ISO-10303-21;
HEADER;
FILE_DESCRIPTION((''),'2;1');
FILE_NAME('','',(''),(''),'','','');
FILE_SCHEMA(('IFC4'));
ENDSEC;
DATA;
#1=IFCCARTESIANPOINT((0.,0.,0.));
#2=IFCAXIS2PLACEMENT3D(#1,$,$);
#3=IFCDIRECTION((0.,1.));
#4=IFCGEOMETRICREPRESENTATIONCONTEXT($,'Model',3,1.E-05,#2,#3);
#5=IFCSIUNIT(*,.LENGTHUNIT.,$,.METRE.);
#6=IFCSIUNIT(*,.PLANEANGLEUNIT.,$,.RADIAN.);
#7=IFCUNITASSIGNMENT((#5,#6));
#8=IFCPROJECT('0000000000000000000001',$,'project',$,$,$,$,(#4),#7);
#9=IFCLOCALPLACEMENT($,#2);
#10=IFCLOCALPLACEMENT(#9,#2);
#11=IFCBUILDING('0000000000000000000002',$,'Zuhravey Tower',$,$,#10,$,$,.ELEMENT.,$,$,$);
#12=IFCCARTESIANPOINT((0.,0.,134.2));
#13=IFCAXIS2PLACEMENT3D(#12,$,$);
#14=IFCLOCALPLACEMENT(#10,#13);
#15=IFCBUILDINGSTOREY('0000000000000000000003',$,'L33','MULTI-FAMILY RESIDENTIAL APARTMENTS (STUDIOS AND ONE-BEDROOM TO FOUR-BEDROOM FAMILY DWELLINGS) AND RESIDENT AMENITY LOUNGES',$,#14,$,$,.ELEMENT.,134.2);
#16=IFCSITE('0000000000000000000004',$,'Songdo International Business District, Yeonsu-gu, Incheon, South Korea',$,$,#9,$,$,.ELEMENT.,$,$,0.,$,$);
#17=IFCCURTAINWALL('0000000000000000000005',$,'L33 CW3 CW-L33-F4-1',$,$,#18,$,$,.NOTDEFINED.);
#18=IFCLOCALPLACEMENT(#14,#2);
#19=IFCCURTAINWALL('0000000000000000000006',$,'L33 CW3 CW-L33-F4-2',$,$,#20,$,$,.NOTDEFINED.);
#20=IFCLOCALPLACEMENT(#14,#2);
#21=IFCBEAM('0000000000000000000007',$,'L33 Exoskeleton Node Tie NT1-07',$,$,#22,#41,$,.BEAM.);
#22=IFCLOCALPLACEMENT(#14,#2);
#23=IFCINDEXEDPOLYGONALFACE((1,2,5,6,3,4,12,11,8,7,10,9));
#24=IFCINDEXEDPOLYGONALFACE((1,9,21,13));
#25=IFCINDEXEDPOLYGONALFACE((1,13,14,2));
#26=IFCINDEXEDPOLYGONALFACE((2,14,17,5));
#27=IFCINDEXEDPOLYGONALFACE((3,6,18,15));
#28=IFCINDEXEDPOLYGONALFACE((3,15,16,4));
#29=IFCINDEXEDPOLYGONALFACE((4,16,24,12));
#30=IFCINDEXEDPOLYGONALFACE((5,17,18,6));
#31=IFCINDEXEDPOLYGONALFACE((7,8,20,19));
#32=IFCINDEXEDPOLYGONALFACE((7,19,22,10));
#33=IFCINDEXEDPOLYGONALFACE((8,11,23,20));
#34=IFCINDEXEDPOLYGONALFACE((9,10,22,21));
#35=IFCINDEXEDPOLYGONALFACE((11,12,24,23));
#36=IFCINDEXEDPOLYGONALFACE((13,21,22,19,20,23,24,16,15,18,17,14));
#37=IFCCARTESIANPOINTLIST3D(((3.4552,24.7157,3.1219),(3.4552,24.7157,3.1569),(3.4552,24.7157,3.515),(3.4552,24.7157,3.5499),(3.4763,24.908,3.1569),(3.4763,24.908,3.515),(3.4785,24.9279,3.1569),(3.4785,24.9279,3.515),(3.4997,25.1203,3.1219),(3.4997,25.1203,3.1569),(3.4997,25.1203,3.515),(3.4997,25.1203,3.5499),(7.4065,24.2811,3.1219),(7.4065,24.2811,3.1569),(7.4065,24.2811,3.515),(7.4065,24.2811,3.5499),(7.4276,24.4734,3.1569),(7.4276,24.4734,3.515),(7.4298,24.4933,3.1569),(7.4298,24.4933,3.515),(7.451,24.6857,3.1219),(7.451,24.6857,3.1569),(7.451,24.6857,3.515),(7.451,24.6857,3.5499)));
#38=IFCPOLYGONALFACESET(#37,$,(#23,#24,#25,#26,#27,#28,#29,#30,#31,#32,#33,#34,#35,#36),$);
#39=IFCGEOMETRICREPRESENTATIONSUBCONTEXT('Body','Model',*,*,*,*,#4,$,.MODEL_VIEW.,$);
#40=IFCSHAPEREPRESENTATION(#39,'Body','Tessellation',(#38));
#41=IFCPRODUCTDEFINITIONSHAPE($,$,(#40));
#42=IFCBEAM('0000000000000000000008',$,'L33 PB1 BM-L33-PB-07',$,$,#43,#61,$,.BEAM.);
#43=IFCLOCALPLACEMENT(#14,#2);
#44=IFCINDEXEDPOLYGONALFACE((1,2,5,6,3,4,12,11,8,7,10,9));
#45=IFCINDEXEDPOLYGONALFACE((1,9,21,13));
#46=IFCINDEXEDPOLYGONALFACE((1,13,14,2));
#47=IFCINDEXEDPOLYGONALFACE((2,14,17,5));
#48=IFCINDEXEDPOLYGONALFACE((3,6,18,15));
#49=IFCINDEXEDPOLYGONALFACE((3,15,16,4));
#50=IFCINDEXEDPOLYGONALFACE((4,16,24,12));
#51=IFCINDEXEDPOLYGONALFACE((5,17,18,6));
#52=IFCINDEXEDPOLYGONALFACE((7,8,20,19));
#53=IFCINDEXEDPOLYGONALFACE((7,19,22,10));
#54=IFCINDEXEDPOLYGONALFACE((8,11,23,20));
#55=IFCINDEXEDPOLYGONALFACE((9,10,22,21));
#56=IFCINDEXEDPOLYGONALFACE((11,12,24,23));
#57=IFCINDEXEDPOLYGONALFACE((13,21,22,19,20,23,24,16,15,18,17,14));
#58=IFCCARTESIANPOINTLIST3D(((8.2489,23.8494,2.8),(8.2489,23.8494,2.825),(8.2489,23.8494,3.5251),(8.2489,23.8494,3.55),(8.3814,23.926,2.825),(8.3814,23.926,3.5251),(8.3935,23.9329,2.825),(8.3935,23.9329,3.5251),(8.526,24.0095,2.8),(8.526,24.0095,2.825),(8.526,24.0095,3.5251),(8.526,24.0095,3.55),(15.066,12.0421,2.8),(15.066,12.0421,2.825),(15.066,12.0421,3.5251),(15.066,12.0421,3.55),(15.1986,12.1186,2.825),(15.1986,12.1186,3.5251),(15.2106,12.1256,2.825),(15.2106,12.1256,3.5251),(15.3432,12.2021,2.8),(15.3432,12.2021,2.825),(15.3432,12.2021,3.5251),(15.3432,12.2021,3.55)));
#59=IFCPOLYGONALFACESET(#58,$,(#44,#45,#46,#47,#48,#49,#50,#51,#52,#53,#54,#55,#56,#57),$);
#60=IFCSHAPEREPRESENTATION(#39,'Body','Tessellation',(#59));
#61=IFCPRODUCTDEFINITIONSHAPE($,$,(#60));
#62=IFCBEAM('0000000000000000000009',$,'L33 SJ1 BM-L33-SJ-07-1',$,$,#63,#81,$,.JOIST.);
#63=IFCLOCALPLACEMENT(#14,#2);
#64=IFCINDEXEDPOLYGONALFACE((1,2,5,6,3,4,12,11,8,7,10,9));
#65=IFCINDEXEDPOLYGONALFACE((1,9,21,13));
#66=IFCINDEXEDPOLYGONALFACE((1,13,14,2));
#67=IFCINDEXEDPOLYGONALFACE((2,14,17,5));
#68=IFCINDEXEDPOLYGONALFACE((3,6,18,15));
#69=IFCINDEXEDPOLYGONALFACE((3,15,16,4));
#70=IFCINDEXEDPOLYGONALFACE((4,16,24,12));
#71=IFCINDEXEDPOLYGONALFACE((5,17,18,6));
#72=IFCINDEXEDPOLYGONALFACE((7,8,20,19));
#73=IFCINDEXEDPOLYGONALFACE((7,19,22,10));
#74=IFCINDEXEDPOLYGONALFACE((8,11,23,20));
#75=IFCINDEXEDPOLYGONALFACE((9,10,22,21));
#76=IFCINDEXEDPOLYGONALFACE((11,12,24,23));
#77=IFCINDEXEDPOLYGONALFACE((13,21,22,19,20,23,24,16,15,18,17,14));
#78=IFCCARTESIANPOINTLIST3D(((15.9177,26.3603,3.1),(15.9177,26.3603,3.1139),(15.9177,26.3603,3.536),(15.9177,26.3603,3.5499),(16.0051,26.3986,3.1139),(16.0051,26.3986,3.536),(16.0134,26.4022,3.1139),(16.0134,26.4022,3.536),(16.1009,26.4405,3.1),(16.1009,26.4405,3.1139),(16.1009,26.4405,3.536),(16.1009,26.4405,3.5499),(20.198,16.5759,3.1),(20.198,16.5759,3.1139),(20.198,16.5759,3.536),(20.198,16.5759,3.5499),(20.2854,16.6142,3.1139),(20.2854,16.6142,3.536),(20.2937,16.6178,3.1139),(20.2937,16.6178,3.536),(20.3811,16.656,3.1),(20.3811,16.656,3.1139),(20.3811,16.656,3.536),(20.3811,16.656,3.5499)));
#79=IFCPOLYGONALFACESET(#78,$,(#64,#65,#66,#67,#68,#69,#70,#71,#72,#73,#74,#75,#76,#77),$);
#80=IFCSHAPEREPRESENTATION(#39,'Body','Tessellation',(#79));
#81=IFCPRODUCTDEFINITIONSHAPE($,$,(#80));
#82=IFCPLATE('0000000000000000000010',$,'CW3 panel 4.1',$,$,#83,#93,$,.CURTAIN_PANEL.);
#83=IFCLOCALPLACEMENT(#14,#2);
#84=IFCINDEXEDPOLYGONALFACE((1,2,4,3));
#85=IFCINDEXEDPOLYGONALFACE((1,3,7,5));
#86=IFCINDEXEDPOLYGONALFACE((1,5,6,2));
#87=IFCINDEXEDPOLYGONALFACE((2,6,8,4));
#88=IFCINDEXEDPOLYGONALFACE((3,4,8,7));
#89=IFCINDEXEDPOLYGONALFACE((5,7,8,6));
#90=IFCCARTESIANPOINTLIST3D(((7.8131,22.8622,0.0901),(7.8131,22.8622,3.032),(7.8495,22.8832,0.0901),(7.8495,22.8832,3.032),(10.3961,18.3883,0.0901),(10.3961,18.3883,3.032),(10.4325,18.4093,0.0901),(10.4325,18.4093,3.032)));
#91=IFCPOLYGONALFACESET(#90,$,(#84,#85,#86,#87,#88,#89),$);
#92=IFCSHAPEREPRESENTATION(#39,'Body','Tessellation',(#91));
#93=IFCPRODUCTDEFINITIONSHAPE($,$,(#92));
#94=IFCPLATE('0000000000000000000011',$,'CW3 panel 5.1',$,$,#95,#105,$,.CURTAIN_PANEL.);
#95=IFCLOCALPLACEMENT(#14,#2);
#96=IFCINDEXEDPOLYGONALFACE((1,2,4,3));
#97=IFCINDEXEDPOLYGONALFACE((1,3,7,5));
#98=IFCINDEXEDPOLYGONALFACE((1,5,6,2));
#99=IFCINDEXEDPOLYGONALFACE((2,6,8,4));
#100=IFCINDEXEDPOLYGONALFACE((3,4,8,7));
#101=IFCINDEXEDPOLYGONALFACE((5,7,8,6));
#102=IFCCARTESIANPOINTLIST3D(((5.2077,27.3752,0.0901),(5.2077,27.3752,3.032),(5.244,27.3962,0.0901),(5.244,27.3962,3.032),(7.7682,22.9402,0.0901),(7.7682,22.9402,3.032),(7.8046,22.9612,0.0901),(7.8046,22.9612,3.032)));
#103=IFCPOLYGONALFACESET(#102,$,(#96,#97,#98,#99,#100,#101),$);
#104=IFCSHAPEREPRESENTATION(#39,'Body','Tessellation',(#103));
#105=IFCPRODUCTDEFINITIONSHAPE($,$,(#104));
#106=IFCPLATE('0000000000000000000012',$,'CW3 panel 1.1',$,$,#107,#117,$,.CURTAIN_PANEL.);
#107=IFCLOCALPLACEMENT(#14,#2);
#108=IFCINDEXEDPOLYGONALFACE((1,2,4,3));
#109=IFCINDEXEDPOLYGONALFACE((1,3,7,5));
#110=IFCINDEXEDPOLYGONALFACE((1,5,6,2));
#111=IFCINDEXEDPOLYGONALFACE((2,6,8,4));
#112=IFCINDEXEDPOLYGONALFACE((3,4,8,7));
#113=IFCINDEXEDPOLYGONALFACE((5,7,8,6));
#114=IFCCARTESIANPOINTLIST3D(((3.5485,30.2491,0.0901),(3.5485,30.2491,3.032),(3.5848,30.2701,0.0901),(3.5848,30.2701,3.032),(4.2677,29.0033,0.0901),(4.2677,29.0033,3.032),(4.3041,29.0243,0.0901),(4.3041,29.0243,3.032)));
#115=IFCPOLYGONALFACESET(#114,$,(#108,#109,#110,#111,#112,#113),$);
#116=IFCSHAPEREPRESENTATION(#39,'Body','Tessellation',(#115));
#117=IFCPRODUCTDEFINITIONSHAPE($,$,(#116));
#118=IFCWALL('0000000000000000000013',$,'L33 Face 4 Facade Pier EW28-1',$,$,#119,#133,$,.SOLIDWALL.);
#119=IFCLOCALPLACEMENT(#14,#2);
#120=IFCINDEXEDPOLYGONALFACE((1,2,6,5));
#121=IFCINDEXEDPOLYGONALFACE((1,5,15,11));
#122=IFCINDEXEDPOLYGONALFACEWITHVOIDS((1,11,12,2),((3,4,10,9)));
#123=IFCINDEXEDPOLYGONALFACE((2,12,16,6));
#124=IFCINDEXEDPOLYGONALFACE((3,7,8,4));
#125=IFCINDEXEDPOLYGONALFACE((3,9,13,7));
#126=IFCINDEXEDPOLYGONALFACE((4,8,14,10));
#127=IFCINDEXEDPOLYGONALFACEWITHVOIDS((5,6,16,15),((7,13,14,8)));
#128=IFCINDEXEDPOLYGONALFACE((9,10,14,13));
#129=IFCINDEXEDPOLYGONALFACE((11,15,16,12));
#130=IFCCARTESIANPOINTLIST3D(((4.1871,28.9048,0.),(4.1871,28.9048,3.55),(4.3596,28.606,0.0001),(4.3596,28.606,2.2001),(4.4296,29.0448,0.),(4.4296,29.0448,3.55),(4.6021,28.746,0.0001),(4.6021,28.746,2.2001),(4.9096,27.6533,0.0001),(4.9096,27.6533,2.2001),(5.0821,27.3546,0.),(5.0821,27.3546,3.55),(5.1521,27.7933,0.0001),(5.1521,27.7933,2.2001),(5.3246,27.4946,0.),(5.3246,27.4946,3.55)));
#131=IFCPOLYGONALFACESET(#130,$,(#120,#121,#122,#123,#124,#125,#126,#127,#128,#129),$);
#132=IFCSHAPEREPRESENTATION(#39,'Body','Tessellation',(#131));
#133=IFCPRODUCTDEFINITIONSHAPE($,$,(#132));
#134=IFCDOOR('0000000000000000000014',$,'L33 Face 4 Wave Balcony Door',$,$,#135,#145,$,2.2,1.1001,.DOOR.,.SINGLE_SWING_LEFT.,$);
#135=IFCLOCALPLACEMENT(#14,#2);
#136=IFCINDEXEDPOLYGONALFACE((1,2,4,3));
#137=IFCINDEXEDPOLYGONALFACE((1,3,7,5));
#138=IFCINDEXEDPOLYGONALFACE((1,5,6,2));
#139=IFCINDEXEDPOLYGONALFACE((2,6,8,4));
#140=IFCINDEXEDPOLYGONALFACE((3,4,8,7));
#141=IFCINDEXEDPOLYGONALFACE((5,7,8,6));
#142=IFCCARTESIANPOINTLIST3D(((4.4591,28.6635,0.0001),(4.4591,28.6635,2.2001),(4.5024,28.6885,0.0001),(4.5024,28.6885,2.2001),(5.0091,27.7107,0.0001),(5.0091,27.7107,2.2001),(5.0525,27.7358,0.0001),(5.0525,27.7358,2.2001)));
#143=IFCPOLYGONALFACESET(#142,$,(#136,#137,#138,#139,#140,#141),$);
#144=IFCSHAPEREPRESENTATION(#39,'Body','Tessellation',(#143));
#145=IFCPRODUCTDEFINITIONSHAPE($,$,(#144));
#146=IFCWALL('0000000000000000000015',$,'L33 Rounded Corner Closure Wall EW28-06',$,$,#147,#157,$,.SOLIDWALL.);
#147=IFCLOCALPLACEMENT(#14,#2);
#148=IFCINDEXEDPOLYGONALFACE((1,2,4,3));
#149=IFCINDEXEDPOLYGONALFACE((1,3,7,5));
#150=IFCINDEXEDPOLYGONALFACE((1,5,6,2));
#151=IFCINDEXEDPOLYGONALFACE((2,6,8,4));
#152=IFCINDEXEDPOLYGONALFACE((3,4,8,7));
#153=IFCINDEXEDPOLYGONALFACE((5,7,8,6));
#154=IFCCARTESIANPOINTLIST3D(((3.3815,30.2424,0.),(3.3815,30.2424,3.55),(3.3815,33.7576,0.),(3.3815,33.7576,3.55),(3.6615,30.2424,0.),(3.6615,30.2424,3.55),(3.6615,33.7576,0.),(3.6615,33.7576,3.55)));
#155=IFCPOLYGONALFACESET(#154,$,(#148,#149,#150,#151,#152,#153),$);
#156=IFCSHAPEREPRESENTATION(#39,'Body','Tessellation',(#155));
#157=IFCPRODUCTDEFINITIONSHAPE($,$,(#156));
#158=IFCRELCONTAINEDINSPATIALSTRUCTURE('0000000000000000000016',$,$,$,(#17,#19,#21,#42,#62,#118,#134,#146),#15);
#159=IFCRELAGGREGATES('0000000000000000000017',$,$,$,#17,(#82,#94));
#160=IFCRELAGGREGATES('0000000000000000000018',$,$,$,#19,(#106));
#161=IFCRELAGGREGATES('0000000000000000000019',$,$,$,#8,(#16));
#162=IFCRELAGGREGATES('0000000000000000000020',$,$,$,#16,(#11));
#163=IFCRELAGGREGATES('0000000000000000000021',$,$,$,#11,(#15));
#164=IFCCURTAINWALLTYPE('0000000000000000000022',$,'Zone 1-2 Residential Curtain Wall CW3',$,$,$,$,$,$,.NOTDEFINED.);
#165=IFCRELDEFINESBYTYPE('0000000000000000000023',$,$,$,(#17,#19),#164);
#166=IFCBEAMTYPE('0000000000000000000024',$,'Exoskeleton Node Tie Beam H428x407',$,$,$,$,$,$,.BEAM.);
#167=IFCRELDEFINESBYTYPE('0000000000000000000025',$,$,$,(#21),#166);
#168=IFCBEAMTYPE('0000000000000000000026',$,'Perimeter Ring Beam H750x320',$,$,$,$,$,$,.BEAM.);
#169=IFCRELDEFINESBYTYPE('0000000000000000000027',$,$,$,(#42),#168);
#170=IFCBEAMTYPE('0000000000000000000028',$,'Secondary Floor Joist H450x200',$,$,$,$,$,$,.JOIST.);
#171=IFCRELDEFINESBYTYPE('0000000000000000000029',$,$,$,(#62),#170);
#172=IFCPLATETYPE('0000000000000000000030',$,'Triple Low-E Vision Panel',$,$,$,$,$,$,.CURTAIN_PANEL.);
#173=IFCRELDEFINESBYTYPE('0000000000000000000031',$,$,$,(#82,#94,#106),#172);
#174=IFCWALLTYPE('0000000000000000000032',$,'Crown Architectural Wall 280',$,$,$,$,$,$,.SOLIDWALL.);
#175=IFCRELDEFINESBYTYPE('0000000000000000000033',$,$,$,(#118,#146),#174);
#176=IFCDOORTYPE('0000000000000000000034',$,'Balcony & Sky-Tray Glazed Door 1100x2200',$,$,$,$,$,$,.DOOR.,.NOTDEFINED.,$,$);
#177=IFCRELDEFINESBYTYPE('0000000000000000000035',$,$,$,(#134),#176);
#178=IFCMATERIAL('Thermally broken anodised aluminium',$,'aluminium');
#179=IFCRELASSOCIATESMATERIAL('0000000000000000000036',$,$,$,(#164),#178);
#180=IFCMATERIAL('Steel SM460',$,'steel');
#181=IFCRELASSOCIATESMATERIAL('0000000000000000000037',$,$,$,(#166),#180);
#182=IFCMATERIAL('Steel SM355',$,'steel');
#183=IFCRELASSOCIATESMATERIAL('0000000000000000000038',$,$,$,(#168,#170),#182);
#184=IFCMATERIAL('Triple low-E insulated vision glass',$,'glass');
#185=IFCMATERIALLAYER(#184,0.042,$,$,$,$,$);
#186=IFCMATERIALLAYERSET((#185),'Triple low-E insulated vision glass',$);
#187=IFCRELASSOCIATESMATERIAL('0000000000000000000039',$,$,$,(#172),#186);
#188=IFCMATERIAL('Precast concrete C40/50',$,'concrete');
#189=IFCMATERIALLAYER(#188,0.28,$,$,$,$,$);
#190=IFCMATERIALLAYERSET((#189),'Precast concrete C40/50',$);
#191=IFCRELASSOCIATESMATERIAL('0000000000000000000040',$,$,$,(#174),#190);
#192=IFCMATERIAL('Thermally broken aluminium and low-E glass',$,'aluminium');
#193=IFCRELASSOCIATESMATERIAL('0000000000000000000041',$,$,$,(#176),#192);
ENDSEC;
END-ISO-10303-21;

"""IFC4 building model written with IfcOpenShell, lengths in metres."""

from ifc_helpers import new_model, si_unit, direction, frame, frame_2d, origin, origin_2d, place, context, subcontext, project, spatial, rectangle, i_section, extrude, material, layer, layer_set, material_profile, profile_set, type_object, element, fill, aggregate, save


model = new_model("IFC4")

# Units and contexts
model_context = context("Model", 3, precision=1e-05, world=origin(), true_north=direction((0.0, 1.0)))
body_context = subcontext(model_context, "Body", "Model", "MODEL_VIEW")
ifc_project = project(units=[si_unit("LENGTHUNIT", "METRE"), si_unit("PLANEANGLEUNIT", "RADIAN")], contexts=[model_context])

# Site, building, storey
site_placement = place(None, origin())
site = spatial("IfcSite", under=ifc_project, at=site_placement, Name="Songdo International Business District, Yeonsu-gu, Incheon, South Korea", CompositionType="ELEMENT", RefElevation=0.0)
building_placement = place(site_placement, origin())
building = spatial("IfcBuilding", under=site, at=building_placement, Name="Zuhravey Tower", CompositionType="ELEMENT")
storey_placement = place(building_placement, frame((0.0, 0.0, 134.2)))
storey = spatial("IfcBuildingStorey", under=building, at=storey_placement, Name="L33", Description="MULTI-FAMILY RESIDENTIAL APARTMENTS (STUDIOS AND ONE-BEDROOM TO FOUR-BEDROOM FAMILY DWELLINGS) AND RESIDENT AMENITY LOUNGES", CompositionType="ELEMENT", Elevation=134.2)

# Curtain walls
ifc_material_1 = material(Name="Thermally broken anodised aluminium", Category="aluminium")
curtain_wall_type = type_object("IfcCurtainWallType", Name="Zone 1-2 Residential Curtain Wall CW3", PredefinedType="NOTDEFINED", material=ifc_material_1)
curtain_wall_1_placement = place(storey_placement, origin())
curtain_wall_1 = element("IfcCurtainWall", 1, at=curtain_wall_1_placement, inside=storey, type_object=curtain_wall_type, Name="L33 CW3 CW-L33-F4-1", PredefinedType="NOTDEFINED")
curtain_wall_2_placement = place(storey_placement, origin())
curtain_wall_2 = element("IfcCurtainWall", 2, at=curtain_wall_2_placement, inside=storey, type_object=curtain_wall_type, Name="L33 CW3 CW-L33-F4-2", PredefinedType="NOTDEFINED")

# Beams
ifc_material_2 = material(Name="Steel SM460", Category="steel")
ifc_material_profile_1 = material_profile(ifc_material_2, i_section(OverallWidth=0.407, OverallDepth=0.428, WebThickness=0.02, FlangeThickness=0.0349, at=origin_2d()), Name="H-428x407x20x35")
ifc_profile_set_1 = profile_set([ifc_material_profile_1], Name="Steel SM460")
beam_type_1 = type_object("IfcBeamType", Name="Exoskeleton Node Tie Beam H428x407", PredefinedType="BEAM", material=ifc_profile_set_1)
beam_1_placement = place(storey_placement, frame((7.4287, 24.4834, 3.3359), z_axis=(-0.994006, 0.109326, 0.0), x_axis=(-0.109326, -0.994006, 0.0)))
element("IfcBeam", 3, at=beam_1_placement, inside=storey, type_object=beam_type_1, Name="L33 Exoskeleton Node Tie NT1-07", PredefinedType="BEAM", context=body_context, shape_type="SweptSolid", body=[
    extrude(i_section(OverallWidth=0.407, OverallDepth=0.428, WebThickness=0.02, FlangeThickness=0.0349, at=origin_2d()), origin(), (0.0, 0.0, 1.0), 3.9751),
])
ifc_material_3 = material(Name="Steel SM355", Category="steel")
ifc_material_profile_2 = material_profile(ifc_material_3, i_section(OverallWidth=0.3201, OverallDepth=0.75, WebThickness=0.0139, FlangeThickness=0.0249, at=origin_2d()), Name="H-750x320x14x25")
ifc_profile_set_2 = profile_set([ifc_material_profile_2], Name="Steel SM355")
beam_type_2 = type_object("IfcBeamType", Name="Perimeter Ring Beam H750x320", PredefinedType="BEAM", material=ifc_profile_set_2)
beam_2_placement = place(storey_placement, frame((8.3875, 23.9294, 3.175), z_axis=(0.500008, -0.866021, 0.0), x_axis=(0.866021, 0.500008, 0.0)))
element("IfcBeam", 4, at=beam_2_placement, inside=storey, type_object=beam_type_2, Name="L33 PB1 BM-L33-PB-07", PredefinedType="BEAM", context=body_context, shape_type="SweptSolid", body=[
    extrude(i_section(OverallWidth=0.3201, OverallDepth=0.75, WebThickness=0.0139, FlangeThickness=0.0249, at=origin_2d()), origin(), (0.0, 0.0, 1.0), 13.634),
])
ifc_material_profile_3 = material_profile(ifc_material_3, i_section(OverallWidth=0.2, OverallDepth=0.45, WebThickness=0.009, FlangeThickness=0.0139, at=origin_2d()), Name="H-450x200x9x14")
ifc_profile_set_3 = profile_set([ifc_material_profile_3], Name="Steel SM355")
beam_type_3 = type_object("IfcBeamType", Name="Secondary Floor Joist H450x200", PredefinedType="JOIST", material=ifc_profile_set_3)
beam_3_placement = place(storey_placement, frame((16.0093, 26.4004, 3.325), z_axis=(0.400786, -0.916172, 0.0), x_axis=(0.916172, 0.400786, 0.0)))
element("IfcBeam", 5, at=beam_3_placement, inside=storey, type_object=beam_type_3, Name="L33 SJ1 BM-L33-SJ-07-1", PredefinedType="JOIST", context=body_context, shape_type="SweptSolid", body=[
    extrude(i_section(OverallWidth=0.2, OverallDepth=0.45, WebThickness=0.009, FlangeThickness=0.0139, at=origin_2d()), origin(), (0.0, 0.0, 1.0), 10.6797),
])

# Plates
ifc_material_4 = material(Name="Triple low-E insulated vision glass", Category="glass")
ifc_layer_1 = layer(ifc_material_4, 0.042)
ifc_layer_set_1 = layer_set([ifc_layer_1], Name="Triple low-E insulated vision glass")
plate_type = type_object("IfcPlateType", Name="Triple Low-E Vision Panel", PredefinedType="CURTAIN_PANEL", material=ifc_layer_set_1)
plate_1_placement = place(storey_placement, frame((9.1228, 20.6357, 0.0901), z_axis=(0.0, 0.0, 1.0), x_axis=(-0.499998, 0.866026, 0.0)))
plate_1 = element("IfcPlate", 6, at=plate_1_placement, type_object=plate_type, Name="CW3 panel 4.1", PredefinedType="CURTAIN_PANEL", context=body_context, shape_type="SweptSolid", body=[
    extrude(rectangle(XDim=5.166, YDim=0.042, at=origin_2d()), origin(), (0.0, 0.0, 1.0), 2.9419),
])
plate_2_placement = place(storey_placement, frame((6.5061, 25.1682, 0.0901), z_axis=(0.0, 0.0, 1.0), x_axis=(-0.499998, 0.866026, 0.0)))
plate_2 = element("IfcPlate", 7, at=plate_2_placement, type_object=plate_type, Name="CW3 panel 5.1", PredefinedType="CURTAIN_PANEL", context=body_context, shape_type="SweptSolid", body=[
    extrude(rectangle(XDim=5.1211, YDim=0.042, at=origin_2d()), origin(), (0.0, 0.0, 1.0), 2.9419),
])
aggregate(curtain_wall_1, [plate_1, plate_2])
plate_3_placement = place(storey_placement, frame((3.9263, 29.6367, 0.0901), z_axis=(0.0, 0.0, 1.0), x_axis=(-0.500013, 0.866018, 0.0)))
plate_3 = element("IfcPlate", 8, at=plate_3_placement, type_object=plate_type, Name="CW3 panel 1.1", PredefinedType="CURTAIN_PANEL", context=body_context, shape_type="SweptSolid", body=[
    extrude(rectangle(XDim=1.4385, YDim=0.042, at=origin_2d()), origin(), (0.0, 0.0, 1.0), 2.9419),
])
aggregate(curtain_wall_2, [plate_3])

# Wall, opening, door
ifc_material_5 = material(Name="Precast concrete C40/50", Category="concrete")
ifc_layer_2 = layer(ifc_material_5, 0.28)
ifc_layer_set_2 = layer_set([ifc_layer_2], Name="Precast concrete C40/50")
wall_type_1 = type_object("IfcWallType", Name="Crown Architectural Wall 280", PredefinedType="SOLIDWALL", material=ifc_layer_set_2)
wall_1_placement = place(storey_placement, frame((5.2034, 27.4246, 0.0), z_axis=(0.0, 0.0, 1.0), x_axis=(-0.499982, 0.866036, 0.0)))
wall_1 = element("IfcWall", 9, at=wall_1_placement, inside=storey, type_object=wall_type_1, Name="L33 Face 4 Facade Pier EW28-1", PredefinedType="SOLIDWALL", context=body_context, shape_type="SweptSolid", body=[
    extrude(rectangle(XDim=1.79, YDim=0.28, at=frame_2d((0.895, 0.0))), origin(), (0.0, 0.0, 1.0), 3.55),
])
opening_1_placement = place(wall_1_placement, frame((0.345, 0.0, 0.0)))
opening_1 = element("IfcOpeningElement", 10, at=opening_1_placement, cuts=wall_1, PredefinedType="OPENING", context=body_context, shape_type="SweptSolid", body=[
    extrude(rectangle(XDim=1.1001, YDim=2.2, at=frame_2d((0.55, 1.1001))), frame((0.0, 0.1521, 0.0), z_axis=(0.0, -1.0, 0.0), x_axis=(1.0, 0.0, 0.0)), (0.0, 0.0, 1.0), 0.304),
])
ifc_material_6 = material(Name="Thermally broken aluminium and low-E glass", Category="aluminium")
door_type_1 = type_object("IfcDoorType", Name="Balcony & Sky-Tray Glazed Door 1100x2200", OperationType="NOTDEFINED", PredefinedType="DOOR", material=ifc_material_6)
door_1_placement = place(opening_1_placement, frame((1.1001, 0.0, 0.0), z_axis=(0.0, 0.0, 1.0), x_axis=(-1.0, 0.0, 0.0)))
door_1 = element("IfcDoor", 11, at=door_1_placement, inside=storey, type_object=door_type_1, Name="L33 Face 4 Wave Balcony Door", OperationType="SINGLE_SWING_LEFT", OverallHeight=2.2, OverallWidth=1.1001, PredefinedType="DOOR", context=body_context, shape_type="SweptSolid", body=[
    extrude(rectangle(XDim=1.1001, YDim=2.2, at=frame_2d((0.55, 1.1001))), frame((0.0, 0.0249, 0.0), z_axis=(0.0, -1.0, 0.0), x_axis=(1.0, 0.0, 0.0)), (0.0, 0.0, 1.0), 0.05),
])
fill(opening_1, door_1)

# Wall
wall_2_placement = place(storey_placement, frame((3.5215, 30.2424, 0.0), z_axis=(0.0, 0.0, 1.0), x_axis=(0.0, 1.0, 0.0)))
element("IfcWall", 12, at=wall_2_placement, inside=storey, type_object=wall_type_1, Name="L33 Rounded Corner Closure Wall EW28-06", PredefinedType="SOLIDWALL", context=body_context, shape_type="SweptSolid", body=[
    extrude(rectangle(XDim=3.5151, YDim=0.28, at=frame_2d((1.7576, 0.0))), origin(), (0.0, 0.0, 1.0), 3.55),
])

save(model, "model.ifc")
